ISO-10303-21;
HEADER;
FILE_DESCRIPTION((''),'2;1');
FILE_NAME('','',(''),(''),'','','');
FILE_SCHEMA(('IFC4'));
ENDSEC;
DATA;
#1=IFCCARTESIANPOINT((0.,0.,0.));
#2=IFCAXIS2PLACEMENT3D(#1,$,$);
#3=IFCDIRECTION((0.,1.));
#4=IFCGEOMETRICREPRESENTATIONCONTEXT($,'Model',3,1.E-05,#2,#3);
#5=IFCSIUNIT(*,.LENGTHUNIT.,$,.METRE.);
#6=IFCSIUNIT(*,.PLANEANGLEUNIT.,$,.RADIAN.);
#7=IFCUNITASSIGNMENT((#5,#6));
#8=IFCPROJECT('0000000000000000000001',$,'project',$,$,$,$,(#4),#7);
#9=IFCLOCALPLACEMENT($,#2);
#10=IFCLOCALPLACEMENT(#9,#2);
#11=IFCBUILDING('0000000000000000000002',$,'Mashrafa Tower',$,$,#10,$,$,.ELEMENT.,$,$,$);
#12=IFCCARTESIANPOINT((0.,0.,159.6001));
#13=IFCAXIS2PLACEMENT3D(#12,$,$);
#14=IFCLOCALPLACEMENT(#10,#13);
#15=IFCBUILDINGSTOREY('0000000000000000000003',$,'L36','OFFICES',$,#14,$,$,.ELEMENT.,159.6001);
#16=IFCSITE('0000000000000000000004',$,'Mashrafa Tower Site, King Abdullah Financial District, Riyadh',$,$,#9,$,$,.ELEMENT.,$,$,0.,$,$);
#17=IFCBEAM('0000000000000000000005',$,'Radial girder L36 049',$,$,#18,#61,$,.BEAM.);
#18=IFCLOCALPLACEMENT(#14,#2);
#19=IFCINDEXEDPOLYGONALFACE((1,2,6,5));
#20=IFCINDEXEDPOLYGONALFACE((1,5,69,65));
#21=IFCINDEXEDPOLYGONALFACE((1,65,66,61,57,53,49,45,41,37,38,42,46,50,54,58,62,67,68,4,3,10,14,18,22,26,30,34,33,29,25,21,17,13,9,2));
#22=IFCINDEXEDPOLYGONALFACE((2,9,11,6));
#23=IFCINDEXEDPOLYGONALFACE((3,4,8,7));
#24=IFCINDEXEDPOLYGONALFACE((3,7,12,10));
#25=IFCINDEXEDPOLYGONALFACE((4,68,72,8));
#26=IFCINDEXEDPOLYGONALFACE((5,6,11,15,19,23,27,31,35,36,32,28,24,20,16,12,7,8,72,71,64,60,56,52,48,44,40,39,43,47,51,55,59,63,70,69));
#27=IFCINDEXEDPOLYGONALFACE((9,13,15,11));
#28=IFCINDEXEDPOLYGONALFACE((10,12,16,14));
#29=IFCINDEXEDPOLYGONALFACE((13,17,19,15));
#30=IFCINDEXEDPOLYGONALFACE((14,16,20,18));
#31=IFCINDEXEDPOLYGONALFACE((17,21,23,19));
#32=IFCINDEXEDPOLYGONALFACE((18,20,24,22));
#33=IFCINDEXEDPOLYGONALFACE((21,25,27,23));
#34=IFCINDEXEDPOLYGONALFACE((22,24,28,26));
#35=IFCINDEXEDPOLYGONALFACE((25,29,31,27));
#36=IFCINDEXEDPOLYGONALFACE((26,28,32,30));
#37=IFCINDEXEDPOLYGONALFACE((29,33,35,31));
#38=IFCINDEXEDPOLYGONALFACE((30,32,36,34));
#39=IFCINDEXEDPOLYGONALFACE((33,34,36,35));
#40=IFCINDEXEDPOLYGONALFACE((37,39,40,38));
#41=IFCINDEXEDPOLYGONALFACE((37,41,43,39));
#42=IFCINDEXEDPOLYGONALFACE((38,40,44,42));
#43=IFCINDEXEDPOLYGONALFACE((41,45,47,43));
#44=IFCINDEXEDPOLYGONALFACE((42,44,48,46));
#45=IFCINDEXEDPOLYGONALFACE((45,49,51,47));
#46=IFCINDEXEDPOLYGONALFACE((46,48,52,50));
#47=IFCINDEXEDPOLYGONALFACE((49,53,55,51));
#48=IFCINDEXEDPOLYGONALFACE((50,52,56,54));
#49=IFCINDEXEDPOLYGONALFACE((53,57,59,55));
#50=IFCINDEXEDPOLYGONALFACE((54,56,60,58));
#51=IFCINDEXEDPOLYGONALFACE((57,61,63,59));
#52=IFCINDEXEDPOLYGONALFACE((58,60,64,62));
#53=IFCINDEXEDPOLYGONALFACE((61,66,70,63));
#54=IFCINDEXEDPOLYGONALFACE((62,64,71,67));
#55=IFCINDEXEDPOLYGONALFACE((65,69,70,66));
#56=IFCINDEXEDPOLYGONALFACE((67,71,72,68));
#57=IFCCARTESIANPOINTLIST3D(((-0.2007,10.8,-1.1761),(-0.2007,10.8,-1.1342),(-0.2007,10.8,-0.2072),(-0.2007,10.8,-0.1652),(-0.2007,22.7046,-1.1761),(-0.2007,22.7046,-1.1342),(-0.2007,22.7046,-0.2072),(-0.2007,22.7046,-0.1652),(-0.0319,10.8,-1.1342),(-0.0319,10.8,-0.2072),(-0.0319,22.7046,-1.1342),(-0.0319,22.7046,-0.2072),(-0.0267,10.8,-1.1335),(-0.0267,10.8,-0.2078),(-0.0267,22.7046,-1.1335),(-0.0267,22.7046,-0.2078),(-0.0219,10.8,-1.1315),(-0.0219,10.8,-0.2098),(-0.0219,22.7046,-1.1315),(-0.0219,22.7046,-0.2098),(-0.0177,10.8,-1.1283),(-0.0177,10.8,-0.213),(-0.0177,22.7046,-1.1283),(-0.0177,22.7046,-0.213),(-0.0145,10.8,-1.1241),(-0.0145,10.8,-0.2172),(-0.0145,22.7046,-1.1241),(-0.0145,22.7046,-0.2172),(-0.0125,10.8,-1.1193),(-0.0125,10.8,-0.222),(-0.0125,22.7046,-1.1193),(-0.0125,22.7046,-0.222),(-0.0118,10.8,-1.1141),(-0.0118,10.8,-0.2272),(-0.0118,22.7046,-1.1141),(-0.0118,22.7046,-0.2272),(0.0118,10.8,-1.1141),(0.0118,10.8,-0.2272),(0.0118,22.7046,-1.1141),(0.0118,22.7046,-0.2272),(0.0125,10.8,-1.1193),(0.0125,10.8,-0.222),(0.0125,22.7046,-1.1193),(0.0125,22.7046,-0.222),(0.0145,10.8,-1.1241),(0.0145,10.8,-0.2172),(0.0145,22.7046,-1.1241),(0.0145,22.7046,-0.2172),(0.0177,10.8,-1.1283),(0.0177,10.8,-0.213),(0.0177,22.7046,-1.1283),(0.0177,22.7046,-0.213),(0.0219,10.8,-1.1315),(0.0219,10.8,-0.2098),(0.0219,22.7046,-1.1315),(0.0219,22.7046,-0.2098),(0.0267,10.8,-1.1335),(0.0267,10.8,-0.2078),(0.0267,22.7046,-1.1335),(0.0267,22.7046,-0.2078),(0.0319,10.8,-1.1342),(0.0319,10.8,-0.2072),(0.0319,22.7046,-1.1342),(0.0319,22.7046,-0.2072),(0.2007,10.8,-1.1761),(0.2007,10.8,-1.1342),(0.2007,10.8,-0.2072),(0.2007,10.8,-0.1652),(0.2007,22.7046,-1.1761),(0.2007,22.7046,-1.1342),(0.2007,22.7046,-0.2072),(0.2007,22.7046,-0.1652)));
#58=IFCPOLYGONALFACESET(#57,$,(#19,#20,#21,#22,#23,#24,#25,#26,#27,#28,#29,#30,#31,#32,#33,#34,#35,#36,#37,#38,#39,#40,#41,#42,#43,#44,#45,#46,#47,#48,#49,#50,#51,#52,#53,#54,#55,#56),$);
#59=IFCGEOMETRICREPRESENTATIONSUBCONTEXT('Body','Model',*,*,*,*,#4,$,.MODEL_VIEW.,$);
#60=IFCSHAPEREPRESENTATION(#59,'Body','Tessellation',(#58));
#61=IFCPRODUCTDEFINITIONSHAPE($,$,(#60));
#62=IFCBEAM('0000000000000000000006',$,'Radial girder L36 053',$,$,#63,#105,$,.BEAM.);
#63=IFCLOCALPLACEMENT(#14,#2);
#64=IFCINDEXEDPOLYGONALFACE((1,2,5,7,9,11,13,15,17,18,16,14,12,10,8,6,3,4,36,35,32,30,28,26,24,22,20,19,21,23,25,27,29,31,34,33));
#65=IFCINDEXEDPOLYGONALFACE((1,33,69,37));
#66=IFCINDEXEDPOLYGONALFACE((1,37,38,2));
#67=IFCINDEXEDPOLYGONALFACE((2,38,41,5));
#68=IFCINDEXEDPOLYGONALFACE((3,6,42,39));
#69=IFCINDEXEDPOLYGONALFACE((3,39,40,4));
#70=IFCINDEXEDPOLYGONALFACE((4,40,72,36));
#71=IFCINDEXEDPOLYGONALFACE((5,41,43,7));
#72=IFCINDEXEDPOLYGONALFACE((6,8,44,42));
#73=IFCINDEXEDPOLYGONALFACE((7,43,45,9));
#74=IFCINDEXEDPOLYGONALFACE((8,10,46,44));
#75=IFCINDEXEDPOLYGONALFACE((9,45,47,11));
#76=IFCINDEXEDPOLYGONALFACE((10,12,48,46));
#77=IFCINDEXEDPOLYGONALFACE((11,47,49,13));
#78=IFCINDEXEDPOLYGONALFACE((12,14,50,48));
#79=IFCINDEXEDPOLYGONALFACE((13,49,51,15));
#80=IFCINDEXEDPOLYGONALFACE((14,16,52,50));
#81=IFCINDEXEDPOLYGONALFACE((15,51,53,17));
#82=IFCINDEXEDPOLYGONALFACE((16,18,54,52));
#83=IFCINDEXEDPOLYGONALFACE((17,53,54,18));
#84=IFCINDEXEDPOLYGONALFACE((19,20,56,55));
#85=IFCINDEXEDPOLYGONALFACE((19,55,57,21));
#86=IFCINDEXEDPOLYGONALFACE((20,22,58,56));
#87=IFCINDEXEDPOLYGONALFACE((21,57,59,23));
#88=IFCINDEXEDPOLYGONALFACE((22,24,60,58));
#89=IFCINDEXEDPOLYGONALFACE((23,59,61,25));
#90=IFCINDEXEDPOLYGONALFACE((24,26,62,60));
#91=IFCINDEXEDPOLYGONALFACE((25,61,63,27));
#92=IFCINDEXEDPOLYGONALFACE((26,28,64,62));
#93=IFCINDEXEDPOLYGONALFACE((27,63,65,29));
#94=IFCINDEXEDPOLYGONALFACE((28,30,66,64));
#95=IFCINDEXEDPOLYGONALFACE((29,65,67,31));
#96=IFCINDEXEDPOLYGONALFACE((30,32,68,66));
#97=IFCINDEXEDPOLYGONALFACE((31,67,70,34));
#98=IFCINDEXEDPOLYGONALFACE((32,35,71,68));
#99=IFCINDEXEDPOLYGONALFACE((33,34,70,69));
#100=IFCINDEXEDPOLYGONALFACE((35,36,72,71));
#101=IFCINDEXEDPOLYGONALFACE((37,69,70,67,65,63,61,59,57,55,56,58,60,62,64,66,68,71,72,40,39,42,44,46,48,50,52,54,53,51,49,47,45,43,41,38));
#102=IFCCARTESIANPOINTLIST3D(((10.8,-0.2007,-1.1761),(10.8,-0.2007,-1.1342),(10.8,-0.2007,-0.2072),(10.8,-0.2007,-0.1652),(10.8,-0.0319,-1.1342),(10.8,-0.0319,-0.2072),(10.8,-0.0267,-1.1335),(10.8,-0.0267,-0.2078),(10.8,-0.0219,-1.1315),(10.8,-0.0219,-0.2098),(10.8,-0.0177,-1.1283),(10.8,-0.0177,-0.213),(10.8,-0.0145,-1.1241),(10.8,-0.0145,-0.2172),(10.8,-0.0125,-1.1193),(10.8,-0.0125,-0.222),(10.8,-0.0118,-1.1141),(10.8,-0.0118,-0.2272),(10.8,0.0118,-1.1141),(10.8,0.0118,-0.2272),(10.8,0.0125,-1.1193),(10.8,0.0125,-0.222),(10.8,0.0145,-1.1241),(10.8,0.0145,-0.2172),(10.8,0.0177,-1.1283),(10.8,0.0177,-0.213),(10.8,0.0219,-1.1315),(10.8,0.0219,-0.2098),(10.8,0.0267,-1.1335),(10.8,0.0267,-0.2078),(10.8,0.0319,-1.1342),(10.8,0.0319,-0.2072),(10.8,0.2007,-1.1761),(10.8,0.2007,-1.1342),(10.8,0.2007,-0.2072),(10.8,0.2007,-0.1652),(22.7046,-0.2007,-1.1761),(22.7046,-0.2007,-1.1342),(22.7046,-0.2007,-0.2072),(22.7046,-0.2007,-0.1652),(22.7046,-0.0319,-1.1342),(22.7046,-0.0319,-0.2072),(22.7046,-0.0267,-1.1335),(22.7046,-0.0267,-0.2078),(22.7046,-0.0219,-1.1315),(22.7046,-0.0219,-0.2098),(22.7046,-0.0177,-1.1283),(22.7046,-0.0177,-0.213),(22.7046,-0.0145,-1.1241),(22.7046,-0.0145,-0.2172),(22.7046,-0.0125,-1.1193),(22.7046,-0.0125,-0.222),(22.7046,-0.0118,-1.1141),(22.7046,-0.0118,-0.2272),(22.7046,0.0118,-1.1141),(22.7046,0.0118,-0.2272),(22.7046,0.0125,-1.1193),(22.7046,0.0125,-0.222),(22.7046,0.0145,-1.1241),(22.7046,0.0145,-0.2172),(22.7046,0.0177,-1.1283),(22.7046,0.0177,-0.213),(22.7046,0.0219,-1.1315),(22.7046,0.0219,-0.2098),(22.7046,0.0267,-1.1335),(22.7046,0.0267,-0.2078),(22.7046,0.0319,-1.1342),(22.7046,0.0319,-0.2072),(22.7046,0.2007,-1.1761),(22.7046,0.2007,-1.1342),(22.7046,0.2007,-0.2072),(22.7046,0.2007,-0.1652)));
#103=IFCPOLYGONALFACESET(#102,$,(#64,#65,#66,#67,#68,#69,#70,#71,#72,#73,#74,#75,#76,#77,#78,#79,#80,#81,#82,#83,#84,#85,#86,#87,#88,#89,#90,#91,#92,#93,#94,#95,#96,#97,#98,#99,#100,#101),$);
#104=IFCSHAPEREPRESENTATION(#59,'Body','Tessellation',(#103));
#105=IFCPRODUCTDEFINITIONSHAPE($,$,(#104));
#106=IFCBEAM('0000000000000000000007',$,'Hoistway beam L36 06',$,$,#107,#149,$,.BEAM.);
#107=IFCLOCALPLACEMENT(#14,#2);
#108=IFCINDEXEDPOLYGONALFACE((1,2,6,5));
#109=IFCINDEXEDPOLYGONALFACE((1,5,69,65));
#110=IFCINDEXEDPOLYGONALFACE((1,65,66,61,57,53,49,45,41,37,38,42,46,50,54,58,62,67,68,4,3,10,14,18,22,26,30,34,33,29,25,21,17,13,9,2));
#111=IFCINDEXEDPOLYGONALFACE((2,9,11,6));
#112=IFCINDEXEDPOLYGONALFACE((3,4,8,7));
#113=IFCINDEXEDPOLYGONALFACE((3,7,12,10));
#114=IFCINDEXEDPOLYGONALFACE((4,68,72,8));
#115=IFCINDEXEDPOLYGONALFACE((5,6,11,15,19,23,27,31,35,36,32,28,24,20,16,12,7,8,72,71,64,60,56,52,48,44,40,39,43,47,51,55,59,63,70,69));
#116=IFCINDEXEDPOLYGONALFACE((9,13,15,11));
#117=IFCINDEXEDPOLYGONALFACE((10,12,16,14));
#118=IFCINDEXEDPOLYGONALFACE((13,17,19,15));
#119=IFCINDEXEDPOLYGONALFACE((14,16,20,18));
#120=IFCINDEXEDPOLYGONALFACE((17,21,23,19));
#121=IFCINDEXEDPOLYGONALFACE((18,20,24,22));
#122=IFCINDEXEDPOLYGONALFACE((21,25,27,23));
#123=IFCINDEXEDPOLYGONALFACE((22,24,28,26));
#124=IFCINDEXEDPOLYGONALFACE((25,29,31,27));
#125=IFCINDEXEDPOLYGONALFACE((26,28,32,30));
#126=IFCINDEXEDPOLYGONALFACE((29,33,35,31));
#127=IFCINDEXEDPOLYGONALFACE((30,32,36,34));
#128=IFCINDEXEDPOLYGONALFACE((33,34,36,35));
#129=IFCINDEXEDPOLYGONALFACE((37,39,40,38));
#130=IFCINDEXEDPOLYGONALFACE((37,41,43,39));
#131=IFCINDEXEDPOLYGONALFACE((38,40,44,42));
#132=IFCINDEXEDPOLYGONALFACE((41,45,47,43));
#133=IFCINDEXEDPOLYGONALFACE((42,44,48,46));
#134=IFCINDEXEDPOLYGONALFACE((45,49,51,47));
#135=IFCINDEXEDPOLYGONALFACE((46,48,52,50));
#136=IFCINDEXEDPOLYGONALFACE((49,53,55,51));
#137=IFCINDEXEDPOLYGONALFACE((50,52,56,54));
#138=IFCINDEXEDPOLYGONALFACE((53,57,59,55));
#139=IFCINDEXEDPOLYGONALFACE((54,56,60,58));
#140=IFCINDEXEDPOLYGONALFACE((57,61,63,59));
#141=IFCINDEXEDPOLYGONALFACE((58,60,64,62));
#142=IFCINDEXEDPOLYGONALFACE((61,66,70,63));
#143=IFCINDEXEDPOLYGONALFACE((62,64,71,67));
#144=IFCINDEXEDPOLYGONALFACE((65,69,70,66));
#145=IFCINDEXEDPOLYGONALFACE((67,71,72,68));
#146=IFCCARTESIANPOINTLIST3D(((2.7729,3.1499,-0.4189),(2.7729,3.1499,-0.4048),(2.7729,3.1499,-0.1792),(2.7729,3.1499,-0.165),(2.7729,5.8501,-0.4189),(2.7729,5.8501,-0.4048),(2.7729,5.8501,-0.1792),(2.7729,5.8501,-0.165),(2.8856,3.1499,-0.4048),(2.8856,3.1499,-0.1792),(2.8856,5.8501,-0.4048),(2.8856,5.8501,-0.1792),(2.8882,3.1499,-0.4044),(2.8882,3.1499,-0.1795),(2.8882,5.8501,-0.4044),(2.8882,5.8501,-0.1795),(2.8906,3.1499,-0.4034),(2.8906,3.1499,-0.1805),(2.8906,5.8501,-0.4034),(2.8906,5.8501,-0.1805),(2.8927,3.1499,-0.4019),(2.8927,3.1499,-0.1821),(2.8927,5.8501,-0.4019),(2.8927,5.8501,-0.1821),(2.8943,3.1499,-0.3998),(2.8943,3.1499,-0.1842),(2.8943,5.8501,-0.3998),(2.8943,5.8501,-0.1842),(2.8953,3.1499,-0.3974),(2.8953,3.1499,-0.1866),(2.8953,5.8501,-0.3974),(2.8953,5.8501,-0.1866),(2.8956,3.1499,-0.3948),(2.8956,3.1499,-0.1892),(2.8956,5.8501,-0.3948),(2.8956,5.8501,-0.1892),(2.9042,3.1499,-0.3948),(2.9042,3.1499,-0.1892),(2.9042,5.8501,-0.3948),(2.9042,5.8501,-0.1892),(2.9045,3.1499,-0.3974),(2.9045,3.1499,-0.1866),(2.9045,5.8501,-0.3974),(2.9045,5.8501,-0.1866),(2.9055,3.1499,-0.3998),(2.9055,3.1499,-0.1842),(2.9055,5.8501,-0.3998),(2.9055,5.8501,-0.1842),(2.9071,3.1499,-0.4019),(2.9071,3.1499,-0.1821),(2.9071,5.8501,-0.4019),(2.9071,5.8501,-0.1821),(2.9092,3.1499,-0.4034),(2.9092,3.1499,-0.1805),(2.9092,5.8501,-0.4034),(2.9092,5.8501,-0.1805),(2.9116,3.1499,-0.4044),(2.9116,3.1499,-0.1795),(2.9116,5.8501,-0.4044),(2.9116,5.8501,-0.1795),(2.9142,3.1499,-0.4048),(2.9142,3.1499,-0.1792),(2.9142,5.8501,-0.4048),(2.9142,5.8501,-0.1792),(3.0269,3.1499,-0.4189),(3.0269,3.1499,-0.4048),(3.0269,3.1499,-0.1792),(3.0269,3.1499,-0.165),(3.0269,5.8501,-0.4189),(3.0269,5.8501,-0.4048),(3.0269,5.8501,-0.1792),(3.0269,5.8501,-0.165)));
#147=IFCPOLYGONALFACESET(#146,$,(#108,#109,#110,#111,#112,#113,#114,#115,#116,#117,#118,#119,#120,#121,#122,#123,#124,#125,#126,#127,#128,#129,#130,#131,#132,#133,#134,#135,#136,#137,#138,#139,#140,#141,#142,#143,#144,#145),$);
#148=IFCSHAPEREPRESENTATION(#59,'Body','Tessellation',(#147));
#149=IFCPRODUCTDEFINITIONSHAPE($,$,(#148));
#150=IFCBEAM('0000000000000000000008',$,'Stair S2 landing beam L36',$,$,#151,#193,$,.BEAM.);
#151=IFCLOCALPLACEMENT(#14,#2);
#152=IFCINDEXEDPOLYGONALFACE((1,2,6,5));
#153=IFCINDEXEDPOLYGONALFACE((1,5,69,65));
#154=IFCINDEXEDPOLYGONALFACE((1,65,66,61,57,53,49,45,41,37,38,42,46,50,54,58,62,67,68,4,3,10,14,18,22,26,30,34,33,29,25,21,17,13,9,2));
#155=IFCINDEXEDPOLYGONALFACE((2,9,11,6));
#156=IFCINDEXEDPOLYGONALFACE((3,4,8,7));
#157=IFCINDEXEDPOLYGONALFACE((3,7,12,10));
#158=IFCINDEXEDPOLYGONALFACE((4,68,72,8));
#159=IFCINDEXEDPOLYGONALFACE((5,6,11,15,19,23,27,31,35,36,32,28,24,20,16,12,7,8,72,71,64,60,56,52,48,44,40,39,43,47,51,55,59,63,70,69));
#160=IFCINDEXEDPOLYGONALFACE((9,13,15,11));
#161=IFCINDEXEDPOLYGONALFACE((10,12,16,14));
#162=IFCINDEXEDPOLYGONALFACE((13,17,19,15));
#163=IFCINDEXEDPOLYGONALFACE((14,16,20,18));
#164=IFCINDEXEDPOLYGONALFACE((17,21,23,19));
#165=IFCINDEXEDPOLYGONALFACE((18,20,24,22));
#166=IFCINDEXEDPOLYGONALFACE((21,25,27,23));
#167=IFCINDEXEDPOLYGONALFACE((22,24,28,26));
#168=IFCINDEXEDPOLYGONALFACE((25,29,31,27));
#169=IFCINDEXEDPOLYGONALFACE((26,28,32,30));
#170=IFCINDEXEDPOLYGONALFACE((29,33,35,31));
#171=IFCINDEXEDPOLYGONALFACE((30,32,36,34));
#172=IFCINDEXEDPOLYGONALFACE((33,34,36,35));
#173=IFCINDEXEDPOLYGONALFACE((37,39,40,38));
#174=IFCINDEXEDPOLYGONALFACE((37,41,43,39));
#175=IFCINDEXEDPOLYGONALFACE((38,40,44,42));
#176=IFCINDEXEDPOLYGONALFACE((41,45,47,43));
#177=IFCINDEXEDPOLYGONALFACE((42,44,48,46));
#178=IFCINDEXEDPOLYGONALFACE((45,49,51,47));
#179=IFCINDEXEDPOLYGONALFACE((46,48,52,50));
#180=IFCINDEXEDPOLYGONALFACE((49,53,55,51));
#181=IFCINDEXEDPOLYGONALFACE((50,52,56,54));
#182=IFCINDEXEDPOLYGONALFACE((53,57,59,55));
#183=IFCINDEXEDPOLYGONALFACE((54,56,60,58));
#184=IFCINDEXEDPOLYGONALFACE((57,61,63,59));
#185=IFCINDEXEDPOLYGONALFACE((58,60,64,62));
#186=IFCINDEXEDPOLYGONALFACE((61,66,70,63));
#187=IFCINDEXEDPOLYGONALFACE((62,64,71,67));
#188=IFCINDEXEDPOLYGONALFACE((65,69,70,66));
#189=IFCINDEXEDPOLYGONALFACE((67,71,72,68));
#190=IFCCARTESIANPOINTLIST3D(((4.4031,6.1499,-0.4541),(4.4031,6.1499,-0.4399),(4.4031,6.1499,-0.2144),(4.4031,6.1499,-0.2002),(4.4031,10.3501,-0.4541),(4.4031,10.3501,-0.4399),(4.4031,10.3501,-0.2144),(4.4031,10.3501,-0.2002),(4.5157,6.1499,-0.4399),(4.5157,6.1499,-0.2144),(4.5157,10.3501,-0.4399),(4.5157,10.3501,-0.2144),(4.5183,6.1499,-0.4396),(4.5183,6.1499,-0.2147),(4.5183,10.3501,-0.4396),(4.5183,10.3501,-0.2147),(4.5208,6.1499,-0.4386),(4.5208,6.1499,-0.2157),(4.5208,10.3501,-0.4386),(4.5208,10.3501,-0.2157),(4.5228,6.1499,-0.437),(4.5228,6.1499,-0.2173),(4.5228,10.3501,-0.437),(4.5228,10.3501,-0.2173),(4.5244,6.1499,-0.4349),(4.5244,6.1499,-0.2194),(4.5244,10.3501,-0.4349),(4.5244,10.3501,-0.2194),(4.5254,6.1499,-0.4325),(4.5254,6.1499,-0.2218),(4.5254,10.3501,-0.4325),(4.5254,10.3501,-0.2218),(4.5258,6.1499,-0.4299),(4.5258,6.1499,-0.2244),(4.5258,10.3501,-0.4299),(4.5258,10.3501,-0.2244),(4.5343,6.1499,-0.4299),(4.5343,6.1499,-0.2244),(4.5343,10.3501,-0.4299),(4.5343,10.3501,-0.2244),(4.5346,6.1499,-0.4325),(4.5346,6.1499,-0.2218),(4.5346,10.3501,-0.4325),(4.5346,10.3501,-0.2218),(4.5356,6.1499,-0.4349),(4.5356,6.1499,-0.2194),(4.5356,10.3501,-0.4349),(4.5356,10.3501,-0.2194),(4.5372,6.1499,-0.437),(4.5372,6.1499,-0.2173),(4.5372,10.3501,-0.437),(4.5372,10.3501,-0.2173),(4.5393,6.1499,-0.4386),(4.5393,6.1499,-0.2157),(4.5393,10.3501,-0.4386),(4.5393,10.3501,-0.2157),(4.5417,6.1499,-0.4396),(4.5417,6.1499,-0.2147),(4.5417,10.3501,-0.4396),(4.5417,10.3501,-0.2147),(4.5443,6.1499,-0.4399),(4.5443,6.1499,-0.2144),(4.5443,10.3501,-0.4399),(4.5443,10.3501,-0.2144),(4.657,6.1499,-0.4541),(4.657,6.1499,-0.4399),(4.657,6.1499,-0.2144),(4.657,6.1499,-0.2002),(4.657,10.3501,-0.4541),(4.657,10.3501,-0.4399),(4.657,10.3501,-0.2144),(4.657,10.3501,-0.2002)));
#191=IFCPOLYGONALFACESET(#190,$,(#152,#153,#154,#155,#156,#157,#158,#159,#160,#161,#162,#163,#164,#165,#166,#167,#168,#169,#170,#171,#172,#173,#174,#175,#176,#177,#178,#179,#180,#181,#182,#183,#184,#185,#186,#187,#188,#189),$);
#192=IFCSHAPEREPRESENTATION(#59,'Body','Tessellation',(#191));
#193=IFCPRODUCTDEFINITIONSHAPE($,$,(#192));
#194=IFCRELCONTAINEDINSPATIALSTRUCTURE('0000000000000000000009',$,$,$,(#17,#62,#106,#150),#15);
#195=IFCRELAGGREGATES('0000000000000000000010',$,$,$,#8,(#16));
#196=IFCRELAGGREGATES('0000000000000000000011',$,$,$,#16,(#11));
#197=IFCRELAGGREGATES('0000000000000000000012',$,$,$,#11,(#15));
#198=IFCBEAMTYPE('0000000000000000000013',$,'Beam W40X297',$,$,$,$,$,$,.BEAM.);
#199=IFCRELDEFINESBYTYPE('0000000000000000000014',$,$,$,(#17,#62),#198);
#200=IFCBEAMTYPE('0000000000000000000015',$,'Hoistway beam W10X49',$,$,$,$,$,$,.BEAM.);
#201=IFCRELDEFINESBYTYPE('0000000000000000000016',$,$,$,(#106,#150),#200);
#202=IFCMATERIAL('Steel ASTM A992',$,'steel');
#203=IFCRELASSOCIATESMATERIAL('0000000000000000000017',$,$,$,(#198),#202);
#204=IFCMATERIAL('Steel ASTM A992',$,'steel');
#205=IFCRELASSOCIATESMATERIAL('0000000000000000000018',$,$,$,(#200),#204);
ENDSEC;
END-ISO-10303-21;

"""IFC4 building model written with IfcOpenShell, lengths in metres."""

from ifc_helpers import new_model, si_unit, direction, frame, origin, origin_2d, place, context, subcontext, project, spatial, i_section, extrude, material, material_profile, profile_set, type_object, element, save


model = new_model("IFC4")

# Units and contexts
model_context = context("Model", 3, precision=1e-05, world=origin(), true_north=direction((0.0, 1.0)))
body_context = subcontext(model_context, "Body", "Model", "MODEL_VIEW")
ifc_project = project(units=[si_unit("LENGTHUNIT", "METRE"), si_unit("PLANEANGLEUNIT", "RADIAN")], contexts=[model_context])

# Site, building, storey
site_placement = place(None, origin())
site = spatial("IfcSite", under=ifc_project, at=site_placement, Name="Mashrafa Tower Site, King Abdullah Financial District, Riyadh", CompositionType="ELEMENT", RefElevation=0.0)
building_placement = place(site_placement, origin())
building = spatial("IfcBuilding", under=site, at=building_placement, Name="Mashrafa Tower", CompositionType="ELEMENT")
storey_placement = place(building_placement, frame((0.0, 0.0, 159.6001)))
storey = spatial("IfcBuildingStorey", under=building, at=storey_placement, Name="L36", Description="OFFICES", CompositionType="ELEMENT", Elevation=159.6001)

# Beams
ifc_material_1 = material(Name="Steel ASTM A992", Category="steel")
ifc_material_profile_1 = material_profile(ifc_material_1, i_section(OverallWidth=0.4014, OverallDepth=1.011, WebThickness=0.0237, FlangeThickness=0.042, FilletRadius=0.02, at=origin_2d()), Name="W40X297")
ifc_profile_set_1 = profile_set([ifc_material_profile_1], Name="Steel ASTM A992")
beam_type_1 = type_object("IfcBeamType", Name="Beam W40X297", PredefinedType="BEAM", material=ifc_profile_set_1)
for number, where, z_axis, x_axis, name in (
    (1, (0.0, 10.8, -0.6707), (0.0, 1.0, 0.0), (-1.0, 0.0, 0.0), "Radial girder L36 049"),
    (2, (10.8, 0.0, -0.6707), (1.0, 0.0, 0.0), (0.0, 1.0, 0.0), "Radial girder L36 053"),
):
    element("IfcBeam", number, at=place(storey_placement, frame(where, z_axis=z_axis, x_axis=x_axis)), inside=storey, type_object=beam_type_1, Name=name, PredefinedType="BEAM", context=body_context, shape_type="SweptSolid", body=[
        extrude(i_section(OverallWidth=0.4014, OverallDepth=1.011, WebThickness=0.0237, FlangeThickness=0.042, FilletRadius=0.02, at=origin_2d()), origin(), (0.0, 0.0, 1.0), 11.9045),
    ])
ifc_material_2 = material(Name="Steel ASTM A992", Category="steel")
ifc_material_profile_2 = material_profile(ifc_material_2, i_section(OverallWidth=0.2539, OverallDepth=0.2539, WebThickness=0.0085, FlangeThickness=0.0142, FilletRadius=0.01, at=origin_2d()), Name="W10X49")
ifc_profile_set_2 = profile_set([ifc_material_profile_2], Name="Steel ASTM A992")
beam_type_2 = type_object("IfcBeamType", Name="Hoistway beam W10X49", PredefinedType="BEAM", material=ifc_profile_set_2)
beam_1_placement = place(storey_placement, frame((2.8999, 3.1499, -0.292), z_axis=(0.0, 1.0, 0.0), x_axis=(-1.0, 0.0, 0.0)))
element("IfcBeam", 3, at=beam_1_placement, inside=storey, type_object=beam_type_2, Name="Hoistway beam L36 06", PredefinedType="BEAM", context=body_context, shape_type="SweptSolid", body=[
    extrude(i_section(OverallWidth=0.2539, OverallDepth=0.2539, WebThickness=0.0085, FlangeThickness=0.0142, FilletRadius=0.01, at=origin_2d()), origin(), (0.0, 0.0, 1.0), 2.7002),
])
beam_2_placement = place(storey_placement, frame((4.53, 6.1499, -0.3271), z_axis=(0.0, 1.0, 0.0), x_axis=(-1.0, 0.0, 0.0)))
element("IfcBeam", 4, at=beam_2_placement, inside=storey, type_object=beam_type_2, Name="Stair S2 landing beam L36", PredefinedType="BEAM", context=body_context, shape_type="SweptSolid", body=[
    extrude(i_section(OverallWidth=0.2539, OverallDepth=0.2539, WebThickness=0.0085, FlangeThickness=0.0142, FilletRadius=0.01, at=origin_2d()), origin(), (0.0, 0.0, 1.0), 4.2002),
])

save(model, "model.ifc")
